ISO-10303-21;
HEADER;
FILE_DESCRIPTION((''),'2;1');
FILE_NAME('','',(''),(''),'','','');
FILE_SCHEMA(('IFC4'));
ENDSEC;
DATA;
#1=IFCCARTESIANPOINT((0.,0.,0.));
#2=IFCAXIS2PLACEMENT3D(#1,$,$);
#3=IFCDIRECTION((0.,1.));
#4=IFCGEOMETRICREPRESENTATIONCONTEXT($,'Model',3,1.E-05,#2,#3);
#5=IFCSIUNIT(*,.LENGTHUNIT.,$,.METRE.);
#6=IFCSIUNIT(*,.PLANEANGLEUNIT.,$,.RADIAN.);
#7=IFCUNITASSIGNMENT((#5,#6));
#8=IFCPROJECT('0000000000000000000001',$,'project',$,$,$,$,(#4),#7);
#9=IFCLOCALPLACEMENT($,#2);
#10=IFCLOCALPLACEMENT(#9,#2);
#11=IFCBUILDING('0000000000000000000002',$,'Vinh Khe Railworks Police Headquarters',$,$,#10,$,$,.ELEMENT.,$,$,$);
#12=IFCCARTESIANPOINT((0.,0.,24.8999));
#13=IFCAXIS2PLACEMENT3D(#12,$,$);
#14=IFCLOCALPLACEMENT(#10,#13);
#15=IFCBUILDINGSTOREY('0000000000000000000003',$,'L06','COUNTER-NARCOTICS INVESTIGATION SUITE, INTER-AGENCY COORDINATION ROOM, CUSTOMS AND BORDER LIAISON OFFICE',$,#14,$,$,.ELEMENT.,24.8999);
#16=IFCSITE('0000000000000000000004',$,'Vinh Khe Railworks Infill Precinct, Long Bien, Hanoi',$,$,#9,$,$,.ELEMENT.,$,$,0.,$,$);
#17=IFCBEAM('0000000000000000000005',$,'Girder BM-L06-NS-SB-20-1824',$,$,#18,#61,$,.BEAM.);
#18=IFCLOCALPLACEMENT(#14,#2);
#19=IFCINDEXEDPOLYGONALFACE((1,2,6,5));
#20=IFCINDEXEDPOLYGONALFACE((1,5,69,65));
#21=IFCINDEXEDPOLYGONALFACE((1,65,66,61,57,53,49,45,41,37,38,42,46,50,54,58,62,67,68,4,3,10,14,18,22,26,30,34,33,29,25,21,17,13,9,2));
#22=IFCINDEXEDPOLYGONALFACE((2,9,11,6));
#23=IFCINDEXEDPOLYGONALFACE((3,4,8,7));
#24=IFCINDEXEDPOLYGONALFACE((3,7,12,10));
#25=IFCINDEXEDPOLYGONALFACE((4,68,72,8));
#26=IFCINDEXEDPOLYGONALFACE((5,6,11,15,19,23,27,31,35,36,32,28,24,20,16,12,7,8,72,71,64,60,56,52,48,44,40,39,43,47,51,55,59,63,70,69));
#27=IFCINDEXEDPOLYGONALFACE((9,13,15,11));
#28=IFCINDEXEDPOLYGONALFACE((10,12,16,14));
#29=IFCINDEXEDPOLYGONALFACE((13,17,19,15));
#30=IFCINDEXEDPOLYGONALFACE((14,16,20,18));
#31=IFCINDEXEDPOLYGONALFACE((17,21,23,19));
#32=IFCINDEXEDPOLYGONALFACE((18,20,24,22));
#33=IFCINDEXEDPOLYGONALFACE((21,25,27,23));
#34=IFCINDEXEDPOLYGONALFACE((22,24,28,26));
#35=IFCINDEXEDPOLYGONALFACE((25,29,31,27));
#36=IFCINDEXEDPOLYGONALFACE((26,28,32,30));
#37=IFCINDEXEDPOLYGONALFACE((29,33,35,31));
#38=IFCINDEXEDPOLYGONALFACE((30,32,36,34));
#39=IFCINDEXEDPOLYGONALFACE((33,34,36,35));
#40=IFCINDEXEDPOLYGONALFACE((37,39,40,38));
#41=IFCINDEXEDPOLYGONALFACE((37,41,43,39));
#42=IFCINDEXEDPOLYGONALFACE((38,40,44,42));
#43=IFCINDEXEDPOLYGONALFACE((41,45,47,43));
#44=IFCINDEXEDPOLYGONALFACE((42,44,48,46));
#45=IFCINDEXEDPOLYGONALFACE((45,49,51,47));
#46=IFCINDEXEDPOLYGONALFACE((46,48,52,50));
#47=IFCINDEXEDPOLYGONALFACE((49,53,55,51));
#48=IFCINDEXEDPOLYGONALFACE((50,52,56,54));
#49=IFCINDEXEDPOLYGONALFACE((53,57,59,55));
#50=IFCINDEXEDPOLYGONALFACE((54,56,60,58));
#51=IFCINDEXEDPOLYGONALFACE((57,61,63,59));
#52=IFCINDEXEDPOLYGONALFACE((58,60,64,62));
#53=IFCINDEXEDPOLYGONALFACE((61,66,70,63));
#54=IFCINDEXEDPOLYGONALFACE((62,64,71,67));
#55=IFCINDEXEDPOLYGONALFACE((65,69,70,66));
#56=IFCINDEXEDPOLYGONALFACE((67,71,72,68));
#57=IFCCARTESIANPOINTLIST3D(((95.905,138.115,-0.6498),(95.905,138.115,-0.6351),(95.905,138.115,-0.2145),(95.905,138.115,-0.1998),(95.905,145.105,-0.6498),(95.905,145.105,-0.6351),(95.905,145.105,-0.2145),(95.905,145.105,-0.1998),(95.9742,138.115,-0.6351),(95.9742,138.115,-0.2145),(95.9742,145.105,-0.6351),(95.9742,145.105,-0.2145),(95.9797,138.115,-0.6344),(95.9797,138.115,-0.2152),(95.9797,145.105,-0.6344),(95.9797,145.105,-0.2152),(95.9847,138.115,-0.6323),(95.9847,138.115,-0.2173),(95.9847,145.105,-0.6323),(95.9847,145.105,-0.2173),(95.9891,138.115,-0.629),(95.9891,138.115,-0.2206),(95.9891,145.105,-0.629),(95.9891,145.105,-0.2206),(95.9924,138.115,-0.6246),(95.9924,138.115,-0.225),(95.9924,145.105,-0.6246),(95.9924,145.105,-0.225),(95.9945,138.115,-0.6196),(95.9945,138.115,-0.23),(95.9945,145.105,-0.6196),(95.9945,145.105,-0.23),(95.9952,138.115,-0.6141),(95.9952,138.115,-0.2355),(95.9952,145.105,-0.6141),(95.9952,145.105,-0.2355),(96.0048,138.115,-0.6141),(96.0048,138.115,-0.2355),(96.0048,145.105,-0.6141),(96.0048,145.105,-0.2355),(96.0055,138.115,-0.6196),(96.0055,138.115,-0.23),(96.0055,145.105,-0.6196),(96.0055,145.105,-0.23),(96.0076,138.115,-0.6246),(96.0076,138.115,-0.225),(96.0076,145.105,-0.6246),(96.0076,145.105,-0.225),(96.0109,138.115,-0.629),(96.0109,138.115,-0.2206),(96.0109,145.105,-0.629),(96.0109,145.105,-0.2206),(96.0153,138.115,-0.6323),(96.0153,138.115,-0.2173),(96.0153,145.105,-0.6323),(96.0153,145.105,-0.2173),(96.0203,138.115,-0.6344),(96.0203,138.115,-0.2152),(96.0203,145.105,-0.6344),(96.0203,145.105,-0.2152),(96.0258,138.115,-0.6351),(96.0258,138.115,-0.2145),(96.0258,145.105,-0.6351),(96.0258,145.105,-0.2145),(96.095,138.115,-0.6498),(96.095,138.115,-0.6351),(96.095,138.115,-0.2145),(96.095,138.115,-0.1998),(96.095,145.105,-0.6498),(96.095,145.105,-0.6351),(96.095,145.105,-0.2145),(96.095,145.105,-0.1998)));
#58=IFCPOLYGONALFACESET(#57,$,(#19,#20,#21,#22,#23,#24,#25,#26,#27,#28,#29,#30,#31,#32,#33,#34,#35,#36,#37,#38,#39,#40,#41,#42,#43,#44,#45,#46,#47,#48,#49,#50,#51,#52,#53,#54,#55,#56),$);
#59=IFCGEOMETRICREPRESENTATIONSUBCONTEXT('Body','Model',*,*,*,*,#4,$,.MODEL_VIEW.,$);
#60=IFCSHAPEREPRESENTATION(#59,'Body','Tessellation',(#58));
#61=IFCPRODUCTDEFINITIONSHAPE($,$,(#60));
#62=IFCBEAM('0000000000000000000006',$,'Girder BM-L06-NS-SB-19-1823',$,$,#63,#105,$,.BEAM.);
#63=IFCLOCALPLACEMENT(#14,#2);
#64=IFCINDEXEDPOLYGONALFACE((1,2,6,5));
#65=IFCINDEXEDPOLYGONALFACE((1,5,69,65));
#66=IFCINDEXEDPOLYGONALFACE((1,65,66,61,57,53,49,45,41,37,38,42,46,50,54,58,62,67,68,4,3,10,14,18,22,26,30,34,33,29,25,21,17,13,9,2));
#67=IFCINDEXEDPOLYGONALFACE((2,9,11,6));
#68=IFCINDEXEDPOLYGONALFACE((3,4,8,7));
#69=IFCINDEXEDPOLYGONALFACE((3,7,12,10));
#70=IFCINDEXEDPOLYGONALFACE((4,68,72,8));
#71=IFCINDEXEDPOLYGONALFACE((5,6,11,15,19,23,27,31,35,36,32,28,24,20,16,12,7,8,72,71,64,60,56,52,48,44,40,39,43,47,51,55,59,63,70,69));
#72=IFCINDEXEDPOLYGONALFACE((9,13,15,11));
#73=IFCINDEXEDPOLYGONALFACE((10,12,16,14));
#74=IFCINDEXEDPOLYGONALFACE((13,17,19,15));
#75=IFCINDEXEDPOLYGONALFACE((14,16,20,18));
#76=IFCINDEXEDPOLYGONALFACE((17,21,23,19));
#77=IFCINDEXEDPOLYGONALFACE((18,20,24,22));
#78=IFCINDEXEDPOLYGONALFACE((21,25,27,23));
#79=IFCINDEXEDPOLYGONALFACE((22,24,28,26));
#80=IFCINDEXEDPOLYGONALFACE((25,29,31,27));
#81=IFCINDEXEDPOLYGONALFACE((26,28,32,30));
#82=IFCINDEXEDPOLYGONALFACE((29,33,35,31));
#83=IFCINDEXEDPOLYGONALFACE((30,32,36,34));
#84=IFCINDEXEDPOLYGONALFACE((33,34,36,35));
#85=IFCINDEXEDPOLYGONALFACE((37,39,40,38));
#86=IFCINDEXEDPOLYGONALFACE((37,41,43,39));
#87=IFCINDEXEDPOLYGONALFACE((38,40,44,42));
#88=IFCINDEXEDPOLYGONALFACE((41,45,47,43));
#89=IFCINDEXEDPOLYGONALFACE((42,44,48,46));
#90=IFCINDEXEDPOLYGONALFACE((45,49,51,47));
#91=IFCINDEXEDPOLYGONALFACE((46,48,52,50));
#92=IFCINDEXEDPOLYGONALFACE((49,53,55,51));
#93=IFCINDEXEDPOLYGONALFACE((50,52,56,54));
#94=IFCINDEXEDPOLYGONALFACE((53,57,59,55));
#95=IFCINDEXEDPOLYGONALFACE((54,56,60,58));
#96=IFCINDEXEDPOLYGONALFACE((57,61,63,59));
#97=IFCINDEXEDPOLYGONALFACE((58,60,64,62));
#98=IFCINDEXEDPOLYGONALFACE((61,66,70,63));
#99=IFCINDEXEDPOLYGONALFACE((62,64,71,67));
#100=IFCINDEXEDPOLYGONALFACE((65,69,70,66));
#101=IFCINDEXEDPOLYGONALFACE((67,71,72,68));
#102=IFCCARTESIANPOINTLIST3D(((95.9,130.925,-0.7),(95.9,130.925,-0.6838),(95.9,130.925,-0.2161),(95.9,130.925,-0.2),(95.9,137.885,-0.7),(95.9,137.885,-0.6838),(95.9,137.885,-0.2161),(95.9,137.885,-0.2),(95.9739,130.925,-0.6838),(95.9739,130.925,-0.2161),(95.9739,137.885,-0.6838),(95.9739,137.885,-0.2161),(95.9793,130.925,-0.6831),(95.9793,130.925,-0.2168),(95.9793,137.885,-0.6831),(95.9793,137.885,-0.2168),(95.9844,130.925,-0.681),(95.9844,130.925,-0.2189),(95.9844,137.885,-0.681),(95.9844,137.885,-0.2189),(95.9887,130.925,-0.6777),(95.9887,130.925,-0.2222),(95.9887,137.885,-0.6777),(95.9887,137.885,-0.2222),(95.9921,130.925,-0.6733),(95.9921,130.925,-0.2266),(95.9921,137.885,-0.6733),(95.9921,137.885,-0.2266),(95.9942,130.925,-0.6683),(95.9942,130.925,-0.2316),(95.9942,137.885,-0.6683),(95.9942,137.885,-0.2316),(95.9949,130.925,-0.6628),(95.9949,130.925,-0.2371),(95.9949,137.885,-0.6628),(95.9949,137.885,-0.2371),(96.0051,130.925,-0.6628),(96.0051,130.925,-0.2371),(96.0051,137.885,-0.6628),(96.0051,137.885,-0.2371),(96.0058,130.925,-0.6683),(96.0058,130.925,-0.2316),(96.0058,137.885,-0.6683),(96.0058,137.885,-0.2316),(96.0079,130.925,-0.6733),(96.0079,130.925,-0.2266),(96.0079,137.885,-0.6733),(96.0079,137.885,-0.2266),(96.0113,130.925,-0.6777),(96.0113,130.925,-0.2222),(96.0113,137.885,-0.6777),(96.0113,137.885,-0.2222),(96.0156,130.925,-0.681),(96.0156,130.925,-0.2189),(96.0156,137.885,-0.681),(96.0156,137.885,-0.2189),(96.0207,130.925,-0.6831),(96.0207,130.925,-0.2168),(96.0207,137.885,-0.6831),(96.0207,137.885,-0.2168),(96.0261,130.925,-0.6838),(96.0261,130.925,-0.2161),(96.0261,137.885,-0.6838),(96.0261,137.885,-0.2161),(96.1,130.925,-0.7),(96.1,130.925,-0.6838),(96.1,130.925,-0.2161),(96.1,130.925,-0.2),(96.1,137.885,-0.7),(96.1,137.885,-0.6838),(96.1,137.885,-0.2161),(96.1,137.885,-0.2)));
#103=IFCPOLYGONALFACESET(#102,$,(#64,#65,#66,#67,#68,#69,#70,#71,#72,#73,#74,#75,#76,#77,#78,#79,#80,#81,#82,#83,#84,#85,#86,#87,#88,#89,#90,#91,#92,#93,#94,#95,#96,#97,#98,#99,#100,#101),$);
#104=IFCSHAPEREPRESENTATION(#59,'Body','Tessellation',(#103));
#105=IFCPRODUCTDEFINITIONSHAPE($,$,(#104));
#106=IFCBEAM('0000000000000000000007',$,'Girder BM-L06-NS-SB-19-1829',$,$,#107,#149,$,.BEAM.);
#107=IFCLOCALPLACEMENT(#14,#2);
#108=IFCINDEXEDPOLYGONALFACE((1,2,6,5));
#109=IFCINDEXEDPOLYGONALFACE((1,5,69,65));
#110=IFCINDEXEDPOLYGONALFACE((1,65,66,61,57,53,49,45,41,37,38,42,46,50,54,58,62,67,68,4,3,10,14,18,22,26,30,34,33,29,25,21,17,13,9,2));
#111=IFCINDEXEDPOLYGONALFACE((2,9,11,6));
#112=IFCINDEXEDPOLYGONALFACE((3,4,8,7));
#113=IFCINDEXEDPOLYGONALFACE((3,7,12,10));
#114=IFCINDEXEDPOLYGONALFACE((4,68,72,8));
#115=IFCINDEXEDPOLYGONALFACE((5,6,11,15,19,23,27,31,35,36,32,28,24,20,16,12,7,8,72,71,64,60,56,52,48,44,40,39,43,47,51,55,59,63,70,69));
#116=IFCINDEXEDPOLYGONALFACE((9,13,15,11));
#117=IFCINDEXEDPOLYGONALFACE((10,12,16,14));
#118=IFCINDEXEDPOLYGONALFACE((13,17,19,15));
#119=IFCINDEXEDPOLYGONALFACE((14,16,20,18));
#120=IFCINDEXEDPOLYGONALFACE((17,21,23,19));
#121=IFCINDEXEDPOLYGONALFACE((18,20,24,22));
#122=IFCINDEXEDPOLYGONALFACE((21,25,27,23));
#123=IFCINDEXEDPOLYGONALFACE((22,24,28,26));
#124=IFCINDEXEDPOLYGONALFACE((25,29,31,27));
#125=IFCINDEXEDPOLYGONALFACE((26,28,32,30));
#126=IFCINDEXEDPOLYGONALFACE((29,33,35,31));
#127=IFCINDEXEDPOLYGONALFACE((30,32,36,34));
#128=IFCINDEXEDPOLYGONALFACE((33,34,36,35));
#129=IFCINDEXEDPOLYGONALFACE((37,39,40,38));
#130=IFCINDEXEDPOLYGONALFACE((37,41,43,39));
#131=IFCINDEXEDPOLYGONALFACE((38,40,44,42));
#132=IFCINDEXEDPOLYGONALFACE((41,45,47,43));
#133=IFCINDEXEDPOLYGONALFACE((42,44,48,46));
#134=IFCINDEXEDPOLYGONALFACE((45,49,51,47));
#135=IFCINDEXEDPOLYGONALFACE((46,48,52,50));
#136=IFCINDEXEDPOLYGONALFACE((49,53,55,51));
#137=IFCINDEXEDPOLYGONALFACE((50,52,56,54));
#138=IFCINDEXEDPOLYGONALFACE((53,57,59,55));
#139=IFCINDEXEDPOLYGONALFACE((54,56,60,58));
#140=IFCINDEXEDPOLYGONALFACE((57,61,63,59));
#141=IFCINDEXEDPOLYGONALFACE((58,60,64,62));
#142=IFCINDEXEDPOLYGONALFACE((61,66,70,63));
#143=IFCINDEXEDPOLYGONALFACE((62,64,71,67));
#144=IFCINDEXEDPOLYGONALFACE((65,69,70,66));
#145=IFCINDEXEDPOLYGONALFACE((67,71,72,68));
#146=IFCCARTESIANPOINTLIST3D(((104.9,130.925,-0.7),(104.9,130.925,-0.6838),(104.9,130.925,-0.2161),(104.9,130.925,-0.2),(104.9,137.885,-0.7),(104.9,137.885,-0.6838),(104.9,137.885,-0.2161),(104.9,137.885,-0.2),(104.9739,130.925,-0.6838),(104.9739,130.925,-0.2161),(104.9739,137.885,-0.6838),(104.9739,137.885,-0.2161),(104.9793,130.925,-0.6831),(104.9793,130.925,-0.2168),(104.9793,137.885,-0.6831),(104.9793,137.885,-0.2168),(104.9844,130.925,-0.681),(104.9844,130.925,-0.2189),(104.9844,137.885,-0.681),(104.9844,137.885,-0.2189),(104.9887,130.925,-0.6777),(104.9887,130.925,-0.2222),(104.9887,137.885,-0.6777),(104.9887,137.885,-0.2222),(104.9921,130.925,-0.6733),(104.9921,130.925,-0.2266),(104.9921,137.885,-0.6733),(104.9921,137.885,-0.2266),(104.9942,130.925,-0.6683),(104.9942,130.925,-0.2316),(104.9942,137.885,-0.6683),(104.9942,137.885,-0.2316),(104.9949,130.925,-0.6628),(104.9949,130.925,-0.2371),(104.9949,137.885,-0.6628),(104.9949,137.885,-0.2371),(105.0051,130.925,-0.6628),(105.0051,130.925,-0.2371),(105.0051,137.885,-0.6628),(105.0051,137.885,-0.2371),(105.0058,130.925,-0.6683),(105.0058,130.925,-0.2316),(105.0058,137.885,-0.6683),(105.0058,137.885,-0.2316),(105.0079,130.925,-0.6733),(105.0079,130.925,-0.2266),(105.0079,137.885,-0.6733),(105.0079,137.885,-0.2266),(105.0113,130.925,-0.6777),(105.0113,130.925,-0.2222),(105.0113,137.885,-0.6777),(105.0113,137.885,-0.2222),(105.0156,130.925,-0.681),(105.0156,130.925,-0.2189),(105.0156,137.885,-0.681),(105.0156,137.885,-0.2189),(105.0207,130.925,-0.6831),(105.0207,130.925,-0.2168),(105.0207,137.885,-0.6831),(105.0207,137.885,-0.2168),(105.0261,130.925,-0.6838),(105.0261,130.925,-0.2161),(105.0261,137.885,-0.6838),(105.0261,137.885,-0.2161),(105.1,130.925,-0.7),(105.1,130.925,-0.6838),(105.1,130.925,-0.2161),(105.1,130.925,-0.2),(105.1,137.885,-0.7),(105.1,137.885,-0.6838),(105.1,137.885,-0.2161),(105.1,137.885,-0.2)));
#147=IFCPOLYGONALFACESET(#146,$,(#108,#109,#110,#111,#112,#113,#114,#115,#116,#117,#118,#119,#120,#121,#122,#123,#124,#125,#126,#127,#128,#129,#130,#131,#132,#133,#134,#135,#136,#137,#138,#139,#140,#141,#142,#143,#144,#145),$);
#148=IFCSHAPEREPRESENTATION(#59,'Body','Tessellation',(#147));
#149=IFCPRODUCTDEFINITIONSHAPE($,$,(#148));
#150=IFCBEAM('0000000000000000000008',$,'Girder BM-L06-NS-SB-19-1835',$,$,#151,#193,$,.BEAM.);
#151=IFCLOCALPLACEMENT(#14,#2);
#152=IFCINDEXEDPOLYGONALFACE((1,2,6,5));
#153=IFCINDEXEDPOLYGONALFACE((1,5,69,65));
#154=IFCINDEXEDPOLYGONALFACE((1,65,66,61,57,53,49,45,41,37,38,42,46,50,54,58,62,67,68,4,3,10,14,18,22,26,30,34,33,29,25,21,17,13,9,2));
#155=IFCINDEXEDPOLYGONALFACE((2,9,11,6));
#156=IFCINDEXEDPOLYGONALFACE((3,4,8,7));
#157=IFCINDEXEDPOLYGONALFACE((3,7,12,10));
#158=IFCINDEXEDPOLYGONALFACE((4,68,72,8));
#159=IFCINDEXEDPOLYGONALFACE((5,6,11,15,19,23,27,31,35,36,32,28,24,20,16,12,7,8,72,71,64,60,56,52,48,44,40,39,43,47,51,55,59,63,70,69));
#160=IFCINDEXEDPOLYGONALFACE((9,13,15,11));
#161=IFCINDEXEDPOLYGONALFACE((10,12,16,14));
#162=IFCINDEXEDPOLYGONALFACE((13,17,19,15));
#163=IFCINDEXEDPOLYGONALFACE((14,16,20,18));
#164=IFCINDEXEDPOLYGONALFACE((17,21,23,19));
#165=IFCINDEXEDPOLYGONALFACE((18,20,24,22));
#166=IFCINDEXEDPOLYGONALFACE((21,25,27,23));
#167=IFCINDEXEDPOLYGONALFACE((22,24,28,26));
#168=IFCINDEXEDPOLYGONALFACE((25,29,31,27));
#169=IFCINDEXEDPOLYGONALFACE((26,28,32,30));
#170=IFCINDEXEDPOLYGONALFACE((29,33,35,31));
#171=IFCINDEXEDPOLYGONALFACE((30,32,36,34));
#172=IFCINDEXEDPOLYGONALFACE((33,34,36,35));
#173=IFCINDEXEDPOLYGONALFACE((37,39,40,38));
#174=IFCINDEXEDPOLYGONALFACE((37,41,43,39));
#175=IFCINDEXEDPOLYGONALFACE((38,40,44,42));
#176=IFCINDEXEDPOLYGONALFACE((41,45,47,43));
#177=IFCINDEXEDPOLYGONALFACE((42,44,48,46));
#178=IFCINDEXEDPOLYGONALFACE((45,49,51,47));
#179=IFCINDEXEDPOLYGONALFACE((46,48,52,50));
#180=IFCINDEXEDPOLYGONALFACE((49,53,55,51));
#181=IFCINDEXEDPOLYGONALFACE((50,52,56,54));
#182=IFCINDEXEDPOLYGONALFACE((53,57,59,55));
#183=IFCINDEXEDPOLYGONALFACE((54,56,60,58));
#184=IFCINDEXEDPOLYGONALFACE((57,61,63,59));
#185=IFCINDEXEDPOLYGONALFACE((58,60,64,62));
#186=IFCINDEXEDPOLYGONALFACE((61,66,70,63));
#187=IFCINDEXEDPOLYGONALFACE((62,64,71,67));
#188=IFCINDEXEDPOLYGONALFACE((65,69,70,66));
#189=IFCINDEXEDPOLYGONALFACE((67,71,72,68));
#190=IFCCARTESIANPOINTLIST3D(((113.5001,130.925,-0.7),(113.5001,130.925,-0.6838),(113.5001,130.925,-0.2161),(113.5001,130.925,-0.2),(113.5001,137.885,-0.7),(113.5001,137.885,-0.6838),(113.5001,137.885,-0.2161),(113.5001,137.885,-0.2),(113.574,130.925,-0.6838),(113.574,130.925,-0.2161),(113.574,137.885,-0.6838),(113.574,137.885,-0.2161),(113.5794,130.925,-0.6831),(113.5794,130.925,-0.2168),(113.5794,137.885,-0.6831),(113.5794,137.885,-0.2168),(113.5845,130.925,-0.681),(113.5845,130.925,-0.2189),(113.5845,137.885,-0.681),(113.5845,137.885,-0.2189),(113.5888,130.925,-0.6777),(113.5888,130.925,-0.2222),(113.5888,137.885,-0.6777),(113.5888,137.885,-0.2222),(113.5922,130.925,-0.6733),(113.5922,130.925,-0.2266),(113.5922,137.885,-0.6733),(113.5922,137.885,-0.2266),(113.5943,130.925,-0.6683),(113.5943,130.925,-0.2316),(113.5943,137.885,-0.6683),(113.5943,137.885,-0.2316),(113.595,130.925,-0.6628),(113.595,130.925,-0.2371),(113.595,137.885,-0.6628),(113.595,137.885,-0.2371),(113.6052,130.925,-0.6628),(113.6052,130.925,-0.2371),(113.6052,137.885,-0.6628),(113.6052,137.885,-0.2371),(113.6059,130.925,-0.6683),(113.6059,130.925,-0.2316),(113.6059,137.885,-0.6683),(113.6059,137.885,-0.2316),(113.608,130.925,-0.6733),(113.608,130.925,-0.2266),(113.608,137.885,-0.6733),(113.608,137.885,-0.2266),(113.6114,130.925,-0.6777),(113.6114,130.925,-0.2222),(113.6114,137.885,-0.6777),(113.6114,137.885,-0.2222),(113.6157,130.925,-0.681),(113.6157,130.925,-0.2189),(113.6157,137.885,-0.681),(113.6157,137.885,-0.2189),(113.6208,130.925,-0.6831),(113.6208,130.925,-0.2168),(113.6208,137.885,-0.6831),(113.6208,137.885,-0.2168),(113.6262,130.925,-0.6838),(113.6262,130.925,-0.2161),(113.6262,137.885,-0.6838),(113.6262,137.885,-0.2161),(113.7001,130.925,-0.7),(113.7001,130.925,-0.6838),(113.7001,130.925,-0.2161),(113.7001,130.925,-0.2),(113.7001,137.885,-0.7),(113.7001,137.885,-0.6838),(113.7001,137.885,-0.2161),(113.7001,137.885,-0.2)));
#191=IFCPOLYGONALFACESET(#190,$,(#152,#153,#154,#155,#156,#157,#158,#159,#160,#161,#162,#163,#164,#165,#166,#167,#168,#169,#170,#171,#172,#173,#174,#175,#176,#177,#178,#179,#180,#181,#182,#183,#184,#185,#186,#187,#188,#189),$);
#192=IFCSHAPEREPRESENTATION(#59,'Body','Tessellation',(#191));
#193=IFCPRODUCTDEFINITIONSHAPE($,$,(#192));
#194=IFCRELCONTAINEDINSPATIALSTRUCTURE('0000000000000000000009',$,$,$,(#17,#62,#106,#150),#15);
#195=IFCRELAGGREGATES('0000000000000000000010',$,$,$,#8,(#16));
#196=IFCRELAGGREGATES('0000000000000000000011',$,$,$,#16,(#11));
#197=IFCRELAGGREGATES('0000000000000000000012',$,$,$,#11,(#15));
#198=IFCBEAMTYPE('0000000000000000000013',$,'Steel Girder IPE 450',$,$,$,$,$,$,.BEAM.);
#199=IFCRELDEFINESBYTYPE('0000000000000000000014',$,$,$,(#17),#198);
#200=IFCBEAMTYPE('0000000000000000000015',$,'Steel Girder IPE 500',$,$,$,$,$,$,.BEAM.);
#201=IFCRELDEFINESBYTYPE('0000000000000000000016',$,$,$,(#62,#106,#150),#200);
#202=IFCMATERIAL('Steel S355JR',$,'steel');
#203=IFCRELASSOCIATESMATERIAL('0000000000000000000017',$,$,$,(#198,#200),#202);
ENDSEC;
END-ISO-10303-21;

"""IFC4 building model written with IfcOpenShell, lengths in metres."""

from ifc_helpers import new_model, si_unit, direction, frame, origin, origin_2d, place, context, subcontext, project, spatial, i_section, extrude, material, material_profile, profile_set, type_object, element, save


model = new_model("IFC4")

# Units and contexts
model_context = context("Model", 3, precision=1e-05, world=origin(), true_north=direction((0.0, 1.0)))
body_context = subcontext(model_context, "Body", "Model", "MODEL_VIEW")
ifc_project = project(units=[si_unit("LENGTHUNIT", "METRE"), si_unit("PLANEANGLEUNIT", "RADIAN")], contexts=[model_context])

# Site, building, storey
site_placement = place(None, origin())
site = spatial("IfcSite", under=ifc_project, at=site_placement, Name="Vinh Khe Railworks Infill Precinct, Long Bien, Hanoi", CompositionType="ELEMENT", RefElevation=0.0)
building_placement = place(site_placement, origin())
building = spatial("IfcBuilding", under=site, at=building_placement, Name="Vinh Khe Railworks Police Headquarters", CompositionType="ELEMENT")
storey_placement = place(building_placement, frame((0.0, 0.0, 24.8999)))
storey = spatial("IfcBuildingStorey", under=building, at=storey_placement, Name="L06", Description="COUNTER-NARCOTICS INVESTIGATION SUITE, INTER-AGENCY COORDINATION ROOM, CUSTOMS AND BORDER LIAISON OFFICE", CompositionType="ELEMENT", Elevation=24.8999)

# Beams
ifc_material_1 = material(Name="Steel S355JR", Category="steel")
ifc_material_profile_1 = material_profile(ifc_material_1, i_section(OverallWidth=0.1899, OverallDepth=0.45, WebThickness=0.0095, FlangeThickness=0.0146, FilletRadius=0.021, at=origin_2d()), Name="IPE 450")
ifc_profile_set_1 = profile_set([ifc_material_profile_1], Name="Steel S355JR")
beam_type_1 = type_object("IfcBeamType", Name="Steel Girder IPE 450", PredefinedType="BEAM", material=ifc_profile_set_1)
beam_1_placement = place(storey_placement, frame((96.0, 138.115, -0.4248), z_axis=(0.0, 1.0, 0.0), x_axis=(-1.0, 0.0, 0.0)))
element("IfcBeam", 1, at=beam_1_placement, inside=storey, type_object=beam_type_1, Name="Girder BM-L06-NS-SB-20-1824", PredefinedType="BEAM", context=body_context, shape_type="SweptSolid", body=[
    extrude(i_section(OverallWidth=0.1899, OverallDepth=0.45, WebThickness=0.0095, FlangeThickness=0.0146, FilletRadius=0.021, at=origin_2d()), origin(), (0.0, 0.0, 1.0), 6.99),
])
ifc_material_profile_2 = material_profile(ifc_material_1, i_section(OverallWidth=0.2, OverallDepth=0.5, WebThickness=0.0103, FlangeThickness=0.0161, FilletRadius=0.021, at=origin_2d()), Name="IPE 500")
ifc_profile_set_2 = profile_set([ifc_material_profile_2], Name="Steel S355JR")
beam_type_2 = type_object("IfcBeamType", Name="Steel Girder IPE 500", PredefinedType="BEAM", material=ifc_profile_set_2)
for number, where, z_axis, x_axis, name in (
    (2, (96.0, 130.925, -0.45), (0.0, 1.0, 0.0), (-1.0, 0.0, 0.0), "Girder BM-L06-NS-SB-19-1823"),
    (3, (105.0, 130.925, -0.45), (0.0, 1.0, 0.0), (-1.0, 0.0, 0.0), "Girder BM-L06-NS-SB-19-1829"),
    (4, (113.6001, 130.925, -0.45), (0.0, 1.0, 0.0), (-1.0, 0.0, 0.0), "Girder BM-L06-NS-SB-19-1835"),
):
    element("IfcBeam", number, at=place(storey_placement, frame(where, z_axis=z_axis, x_axis=x_axis)), inside=storey, type_object=beam_type_2, Name=name, PredefinedType="BEAM", context=body_context, shape_type="SweptSolid", body=[
        extrude(i_section(OverallWidth=0.2, OverallDepth=0.5, WebThickness=0.0103, FlangeThickness=0.0161, FilletRadius=0.021, at=origin_2d()), origin(), (0.0, 0.0, 1.0), 6.96),
    ])

save(model, "model.ifc")
